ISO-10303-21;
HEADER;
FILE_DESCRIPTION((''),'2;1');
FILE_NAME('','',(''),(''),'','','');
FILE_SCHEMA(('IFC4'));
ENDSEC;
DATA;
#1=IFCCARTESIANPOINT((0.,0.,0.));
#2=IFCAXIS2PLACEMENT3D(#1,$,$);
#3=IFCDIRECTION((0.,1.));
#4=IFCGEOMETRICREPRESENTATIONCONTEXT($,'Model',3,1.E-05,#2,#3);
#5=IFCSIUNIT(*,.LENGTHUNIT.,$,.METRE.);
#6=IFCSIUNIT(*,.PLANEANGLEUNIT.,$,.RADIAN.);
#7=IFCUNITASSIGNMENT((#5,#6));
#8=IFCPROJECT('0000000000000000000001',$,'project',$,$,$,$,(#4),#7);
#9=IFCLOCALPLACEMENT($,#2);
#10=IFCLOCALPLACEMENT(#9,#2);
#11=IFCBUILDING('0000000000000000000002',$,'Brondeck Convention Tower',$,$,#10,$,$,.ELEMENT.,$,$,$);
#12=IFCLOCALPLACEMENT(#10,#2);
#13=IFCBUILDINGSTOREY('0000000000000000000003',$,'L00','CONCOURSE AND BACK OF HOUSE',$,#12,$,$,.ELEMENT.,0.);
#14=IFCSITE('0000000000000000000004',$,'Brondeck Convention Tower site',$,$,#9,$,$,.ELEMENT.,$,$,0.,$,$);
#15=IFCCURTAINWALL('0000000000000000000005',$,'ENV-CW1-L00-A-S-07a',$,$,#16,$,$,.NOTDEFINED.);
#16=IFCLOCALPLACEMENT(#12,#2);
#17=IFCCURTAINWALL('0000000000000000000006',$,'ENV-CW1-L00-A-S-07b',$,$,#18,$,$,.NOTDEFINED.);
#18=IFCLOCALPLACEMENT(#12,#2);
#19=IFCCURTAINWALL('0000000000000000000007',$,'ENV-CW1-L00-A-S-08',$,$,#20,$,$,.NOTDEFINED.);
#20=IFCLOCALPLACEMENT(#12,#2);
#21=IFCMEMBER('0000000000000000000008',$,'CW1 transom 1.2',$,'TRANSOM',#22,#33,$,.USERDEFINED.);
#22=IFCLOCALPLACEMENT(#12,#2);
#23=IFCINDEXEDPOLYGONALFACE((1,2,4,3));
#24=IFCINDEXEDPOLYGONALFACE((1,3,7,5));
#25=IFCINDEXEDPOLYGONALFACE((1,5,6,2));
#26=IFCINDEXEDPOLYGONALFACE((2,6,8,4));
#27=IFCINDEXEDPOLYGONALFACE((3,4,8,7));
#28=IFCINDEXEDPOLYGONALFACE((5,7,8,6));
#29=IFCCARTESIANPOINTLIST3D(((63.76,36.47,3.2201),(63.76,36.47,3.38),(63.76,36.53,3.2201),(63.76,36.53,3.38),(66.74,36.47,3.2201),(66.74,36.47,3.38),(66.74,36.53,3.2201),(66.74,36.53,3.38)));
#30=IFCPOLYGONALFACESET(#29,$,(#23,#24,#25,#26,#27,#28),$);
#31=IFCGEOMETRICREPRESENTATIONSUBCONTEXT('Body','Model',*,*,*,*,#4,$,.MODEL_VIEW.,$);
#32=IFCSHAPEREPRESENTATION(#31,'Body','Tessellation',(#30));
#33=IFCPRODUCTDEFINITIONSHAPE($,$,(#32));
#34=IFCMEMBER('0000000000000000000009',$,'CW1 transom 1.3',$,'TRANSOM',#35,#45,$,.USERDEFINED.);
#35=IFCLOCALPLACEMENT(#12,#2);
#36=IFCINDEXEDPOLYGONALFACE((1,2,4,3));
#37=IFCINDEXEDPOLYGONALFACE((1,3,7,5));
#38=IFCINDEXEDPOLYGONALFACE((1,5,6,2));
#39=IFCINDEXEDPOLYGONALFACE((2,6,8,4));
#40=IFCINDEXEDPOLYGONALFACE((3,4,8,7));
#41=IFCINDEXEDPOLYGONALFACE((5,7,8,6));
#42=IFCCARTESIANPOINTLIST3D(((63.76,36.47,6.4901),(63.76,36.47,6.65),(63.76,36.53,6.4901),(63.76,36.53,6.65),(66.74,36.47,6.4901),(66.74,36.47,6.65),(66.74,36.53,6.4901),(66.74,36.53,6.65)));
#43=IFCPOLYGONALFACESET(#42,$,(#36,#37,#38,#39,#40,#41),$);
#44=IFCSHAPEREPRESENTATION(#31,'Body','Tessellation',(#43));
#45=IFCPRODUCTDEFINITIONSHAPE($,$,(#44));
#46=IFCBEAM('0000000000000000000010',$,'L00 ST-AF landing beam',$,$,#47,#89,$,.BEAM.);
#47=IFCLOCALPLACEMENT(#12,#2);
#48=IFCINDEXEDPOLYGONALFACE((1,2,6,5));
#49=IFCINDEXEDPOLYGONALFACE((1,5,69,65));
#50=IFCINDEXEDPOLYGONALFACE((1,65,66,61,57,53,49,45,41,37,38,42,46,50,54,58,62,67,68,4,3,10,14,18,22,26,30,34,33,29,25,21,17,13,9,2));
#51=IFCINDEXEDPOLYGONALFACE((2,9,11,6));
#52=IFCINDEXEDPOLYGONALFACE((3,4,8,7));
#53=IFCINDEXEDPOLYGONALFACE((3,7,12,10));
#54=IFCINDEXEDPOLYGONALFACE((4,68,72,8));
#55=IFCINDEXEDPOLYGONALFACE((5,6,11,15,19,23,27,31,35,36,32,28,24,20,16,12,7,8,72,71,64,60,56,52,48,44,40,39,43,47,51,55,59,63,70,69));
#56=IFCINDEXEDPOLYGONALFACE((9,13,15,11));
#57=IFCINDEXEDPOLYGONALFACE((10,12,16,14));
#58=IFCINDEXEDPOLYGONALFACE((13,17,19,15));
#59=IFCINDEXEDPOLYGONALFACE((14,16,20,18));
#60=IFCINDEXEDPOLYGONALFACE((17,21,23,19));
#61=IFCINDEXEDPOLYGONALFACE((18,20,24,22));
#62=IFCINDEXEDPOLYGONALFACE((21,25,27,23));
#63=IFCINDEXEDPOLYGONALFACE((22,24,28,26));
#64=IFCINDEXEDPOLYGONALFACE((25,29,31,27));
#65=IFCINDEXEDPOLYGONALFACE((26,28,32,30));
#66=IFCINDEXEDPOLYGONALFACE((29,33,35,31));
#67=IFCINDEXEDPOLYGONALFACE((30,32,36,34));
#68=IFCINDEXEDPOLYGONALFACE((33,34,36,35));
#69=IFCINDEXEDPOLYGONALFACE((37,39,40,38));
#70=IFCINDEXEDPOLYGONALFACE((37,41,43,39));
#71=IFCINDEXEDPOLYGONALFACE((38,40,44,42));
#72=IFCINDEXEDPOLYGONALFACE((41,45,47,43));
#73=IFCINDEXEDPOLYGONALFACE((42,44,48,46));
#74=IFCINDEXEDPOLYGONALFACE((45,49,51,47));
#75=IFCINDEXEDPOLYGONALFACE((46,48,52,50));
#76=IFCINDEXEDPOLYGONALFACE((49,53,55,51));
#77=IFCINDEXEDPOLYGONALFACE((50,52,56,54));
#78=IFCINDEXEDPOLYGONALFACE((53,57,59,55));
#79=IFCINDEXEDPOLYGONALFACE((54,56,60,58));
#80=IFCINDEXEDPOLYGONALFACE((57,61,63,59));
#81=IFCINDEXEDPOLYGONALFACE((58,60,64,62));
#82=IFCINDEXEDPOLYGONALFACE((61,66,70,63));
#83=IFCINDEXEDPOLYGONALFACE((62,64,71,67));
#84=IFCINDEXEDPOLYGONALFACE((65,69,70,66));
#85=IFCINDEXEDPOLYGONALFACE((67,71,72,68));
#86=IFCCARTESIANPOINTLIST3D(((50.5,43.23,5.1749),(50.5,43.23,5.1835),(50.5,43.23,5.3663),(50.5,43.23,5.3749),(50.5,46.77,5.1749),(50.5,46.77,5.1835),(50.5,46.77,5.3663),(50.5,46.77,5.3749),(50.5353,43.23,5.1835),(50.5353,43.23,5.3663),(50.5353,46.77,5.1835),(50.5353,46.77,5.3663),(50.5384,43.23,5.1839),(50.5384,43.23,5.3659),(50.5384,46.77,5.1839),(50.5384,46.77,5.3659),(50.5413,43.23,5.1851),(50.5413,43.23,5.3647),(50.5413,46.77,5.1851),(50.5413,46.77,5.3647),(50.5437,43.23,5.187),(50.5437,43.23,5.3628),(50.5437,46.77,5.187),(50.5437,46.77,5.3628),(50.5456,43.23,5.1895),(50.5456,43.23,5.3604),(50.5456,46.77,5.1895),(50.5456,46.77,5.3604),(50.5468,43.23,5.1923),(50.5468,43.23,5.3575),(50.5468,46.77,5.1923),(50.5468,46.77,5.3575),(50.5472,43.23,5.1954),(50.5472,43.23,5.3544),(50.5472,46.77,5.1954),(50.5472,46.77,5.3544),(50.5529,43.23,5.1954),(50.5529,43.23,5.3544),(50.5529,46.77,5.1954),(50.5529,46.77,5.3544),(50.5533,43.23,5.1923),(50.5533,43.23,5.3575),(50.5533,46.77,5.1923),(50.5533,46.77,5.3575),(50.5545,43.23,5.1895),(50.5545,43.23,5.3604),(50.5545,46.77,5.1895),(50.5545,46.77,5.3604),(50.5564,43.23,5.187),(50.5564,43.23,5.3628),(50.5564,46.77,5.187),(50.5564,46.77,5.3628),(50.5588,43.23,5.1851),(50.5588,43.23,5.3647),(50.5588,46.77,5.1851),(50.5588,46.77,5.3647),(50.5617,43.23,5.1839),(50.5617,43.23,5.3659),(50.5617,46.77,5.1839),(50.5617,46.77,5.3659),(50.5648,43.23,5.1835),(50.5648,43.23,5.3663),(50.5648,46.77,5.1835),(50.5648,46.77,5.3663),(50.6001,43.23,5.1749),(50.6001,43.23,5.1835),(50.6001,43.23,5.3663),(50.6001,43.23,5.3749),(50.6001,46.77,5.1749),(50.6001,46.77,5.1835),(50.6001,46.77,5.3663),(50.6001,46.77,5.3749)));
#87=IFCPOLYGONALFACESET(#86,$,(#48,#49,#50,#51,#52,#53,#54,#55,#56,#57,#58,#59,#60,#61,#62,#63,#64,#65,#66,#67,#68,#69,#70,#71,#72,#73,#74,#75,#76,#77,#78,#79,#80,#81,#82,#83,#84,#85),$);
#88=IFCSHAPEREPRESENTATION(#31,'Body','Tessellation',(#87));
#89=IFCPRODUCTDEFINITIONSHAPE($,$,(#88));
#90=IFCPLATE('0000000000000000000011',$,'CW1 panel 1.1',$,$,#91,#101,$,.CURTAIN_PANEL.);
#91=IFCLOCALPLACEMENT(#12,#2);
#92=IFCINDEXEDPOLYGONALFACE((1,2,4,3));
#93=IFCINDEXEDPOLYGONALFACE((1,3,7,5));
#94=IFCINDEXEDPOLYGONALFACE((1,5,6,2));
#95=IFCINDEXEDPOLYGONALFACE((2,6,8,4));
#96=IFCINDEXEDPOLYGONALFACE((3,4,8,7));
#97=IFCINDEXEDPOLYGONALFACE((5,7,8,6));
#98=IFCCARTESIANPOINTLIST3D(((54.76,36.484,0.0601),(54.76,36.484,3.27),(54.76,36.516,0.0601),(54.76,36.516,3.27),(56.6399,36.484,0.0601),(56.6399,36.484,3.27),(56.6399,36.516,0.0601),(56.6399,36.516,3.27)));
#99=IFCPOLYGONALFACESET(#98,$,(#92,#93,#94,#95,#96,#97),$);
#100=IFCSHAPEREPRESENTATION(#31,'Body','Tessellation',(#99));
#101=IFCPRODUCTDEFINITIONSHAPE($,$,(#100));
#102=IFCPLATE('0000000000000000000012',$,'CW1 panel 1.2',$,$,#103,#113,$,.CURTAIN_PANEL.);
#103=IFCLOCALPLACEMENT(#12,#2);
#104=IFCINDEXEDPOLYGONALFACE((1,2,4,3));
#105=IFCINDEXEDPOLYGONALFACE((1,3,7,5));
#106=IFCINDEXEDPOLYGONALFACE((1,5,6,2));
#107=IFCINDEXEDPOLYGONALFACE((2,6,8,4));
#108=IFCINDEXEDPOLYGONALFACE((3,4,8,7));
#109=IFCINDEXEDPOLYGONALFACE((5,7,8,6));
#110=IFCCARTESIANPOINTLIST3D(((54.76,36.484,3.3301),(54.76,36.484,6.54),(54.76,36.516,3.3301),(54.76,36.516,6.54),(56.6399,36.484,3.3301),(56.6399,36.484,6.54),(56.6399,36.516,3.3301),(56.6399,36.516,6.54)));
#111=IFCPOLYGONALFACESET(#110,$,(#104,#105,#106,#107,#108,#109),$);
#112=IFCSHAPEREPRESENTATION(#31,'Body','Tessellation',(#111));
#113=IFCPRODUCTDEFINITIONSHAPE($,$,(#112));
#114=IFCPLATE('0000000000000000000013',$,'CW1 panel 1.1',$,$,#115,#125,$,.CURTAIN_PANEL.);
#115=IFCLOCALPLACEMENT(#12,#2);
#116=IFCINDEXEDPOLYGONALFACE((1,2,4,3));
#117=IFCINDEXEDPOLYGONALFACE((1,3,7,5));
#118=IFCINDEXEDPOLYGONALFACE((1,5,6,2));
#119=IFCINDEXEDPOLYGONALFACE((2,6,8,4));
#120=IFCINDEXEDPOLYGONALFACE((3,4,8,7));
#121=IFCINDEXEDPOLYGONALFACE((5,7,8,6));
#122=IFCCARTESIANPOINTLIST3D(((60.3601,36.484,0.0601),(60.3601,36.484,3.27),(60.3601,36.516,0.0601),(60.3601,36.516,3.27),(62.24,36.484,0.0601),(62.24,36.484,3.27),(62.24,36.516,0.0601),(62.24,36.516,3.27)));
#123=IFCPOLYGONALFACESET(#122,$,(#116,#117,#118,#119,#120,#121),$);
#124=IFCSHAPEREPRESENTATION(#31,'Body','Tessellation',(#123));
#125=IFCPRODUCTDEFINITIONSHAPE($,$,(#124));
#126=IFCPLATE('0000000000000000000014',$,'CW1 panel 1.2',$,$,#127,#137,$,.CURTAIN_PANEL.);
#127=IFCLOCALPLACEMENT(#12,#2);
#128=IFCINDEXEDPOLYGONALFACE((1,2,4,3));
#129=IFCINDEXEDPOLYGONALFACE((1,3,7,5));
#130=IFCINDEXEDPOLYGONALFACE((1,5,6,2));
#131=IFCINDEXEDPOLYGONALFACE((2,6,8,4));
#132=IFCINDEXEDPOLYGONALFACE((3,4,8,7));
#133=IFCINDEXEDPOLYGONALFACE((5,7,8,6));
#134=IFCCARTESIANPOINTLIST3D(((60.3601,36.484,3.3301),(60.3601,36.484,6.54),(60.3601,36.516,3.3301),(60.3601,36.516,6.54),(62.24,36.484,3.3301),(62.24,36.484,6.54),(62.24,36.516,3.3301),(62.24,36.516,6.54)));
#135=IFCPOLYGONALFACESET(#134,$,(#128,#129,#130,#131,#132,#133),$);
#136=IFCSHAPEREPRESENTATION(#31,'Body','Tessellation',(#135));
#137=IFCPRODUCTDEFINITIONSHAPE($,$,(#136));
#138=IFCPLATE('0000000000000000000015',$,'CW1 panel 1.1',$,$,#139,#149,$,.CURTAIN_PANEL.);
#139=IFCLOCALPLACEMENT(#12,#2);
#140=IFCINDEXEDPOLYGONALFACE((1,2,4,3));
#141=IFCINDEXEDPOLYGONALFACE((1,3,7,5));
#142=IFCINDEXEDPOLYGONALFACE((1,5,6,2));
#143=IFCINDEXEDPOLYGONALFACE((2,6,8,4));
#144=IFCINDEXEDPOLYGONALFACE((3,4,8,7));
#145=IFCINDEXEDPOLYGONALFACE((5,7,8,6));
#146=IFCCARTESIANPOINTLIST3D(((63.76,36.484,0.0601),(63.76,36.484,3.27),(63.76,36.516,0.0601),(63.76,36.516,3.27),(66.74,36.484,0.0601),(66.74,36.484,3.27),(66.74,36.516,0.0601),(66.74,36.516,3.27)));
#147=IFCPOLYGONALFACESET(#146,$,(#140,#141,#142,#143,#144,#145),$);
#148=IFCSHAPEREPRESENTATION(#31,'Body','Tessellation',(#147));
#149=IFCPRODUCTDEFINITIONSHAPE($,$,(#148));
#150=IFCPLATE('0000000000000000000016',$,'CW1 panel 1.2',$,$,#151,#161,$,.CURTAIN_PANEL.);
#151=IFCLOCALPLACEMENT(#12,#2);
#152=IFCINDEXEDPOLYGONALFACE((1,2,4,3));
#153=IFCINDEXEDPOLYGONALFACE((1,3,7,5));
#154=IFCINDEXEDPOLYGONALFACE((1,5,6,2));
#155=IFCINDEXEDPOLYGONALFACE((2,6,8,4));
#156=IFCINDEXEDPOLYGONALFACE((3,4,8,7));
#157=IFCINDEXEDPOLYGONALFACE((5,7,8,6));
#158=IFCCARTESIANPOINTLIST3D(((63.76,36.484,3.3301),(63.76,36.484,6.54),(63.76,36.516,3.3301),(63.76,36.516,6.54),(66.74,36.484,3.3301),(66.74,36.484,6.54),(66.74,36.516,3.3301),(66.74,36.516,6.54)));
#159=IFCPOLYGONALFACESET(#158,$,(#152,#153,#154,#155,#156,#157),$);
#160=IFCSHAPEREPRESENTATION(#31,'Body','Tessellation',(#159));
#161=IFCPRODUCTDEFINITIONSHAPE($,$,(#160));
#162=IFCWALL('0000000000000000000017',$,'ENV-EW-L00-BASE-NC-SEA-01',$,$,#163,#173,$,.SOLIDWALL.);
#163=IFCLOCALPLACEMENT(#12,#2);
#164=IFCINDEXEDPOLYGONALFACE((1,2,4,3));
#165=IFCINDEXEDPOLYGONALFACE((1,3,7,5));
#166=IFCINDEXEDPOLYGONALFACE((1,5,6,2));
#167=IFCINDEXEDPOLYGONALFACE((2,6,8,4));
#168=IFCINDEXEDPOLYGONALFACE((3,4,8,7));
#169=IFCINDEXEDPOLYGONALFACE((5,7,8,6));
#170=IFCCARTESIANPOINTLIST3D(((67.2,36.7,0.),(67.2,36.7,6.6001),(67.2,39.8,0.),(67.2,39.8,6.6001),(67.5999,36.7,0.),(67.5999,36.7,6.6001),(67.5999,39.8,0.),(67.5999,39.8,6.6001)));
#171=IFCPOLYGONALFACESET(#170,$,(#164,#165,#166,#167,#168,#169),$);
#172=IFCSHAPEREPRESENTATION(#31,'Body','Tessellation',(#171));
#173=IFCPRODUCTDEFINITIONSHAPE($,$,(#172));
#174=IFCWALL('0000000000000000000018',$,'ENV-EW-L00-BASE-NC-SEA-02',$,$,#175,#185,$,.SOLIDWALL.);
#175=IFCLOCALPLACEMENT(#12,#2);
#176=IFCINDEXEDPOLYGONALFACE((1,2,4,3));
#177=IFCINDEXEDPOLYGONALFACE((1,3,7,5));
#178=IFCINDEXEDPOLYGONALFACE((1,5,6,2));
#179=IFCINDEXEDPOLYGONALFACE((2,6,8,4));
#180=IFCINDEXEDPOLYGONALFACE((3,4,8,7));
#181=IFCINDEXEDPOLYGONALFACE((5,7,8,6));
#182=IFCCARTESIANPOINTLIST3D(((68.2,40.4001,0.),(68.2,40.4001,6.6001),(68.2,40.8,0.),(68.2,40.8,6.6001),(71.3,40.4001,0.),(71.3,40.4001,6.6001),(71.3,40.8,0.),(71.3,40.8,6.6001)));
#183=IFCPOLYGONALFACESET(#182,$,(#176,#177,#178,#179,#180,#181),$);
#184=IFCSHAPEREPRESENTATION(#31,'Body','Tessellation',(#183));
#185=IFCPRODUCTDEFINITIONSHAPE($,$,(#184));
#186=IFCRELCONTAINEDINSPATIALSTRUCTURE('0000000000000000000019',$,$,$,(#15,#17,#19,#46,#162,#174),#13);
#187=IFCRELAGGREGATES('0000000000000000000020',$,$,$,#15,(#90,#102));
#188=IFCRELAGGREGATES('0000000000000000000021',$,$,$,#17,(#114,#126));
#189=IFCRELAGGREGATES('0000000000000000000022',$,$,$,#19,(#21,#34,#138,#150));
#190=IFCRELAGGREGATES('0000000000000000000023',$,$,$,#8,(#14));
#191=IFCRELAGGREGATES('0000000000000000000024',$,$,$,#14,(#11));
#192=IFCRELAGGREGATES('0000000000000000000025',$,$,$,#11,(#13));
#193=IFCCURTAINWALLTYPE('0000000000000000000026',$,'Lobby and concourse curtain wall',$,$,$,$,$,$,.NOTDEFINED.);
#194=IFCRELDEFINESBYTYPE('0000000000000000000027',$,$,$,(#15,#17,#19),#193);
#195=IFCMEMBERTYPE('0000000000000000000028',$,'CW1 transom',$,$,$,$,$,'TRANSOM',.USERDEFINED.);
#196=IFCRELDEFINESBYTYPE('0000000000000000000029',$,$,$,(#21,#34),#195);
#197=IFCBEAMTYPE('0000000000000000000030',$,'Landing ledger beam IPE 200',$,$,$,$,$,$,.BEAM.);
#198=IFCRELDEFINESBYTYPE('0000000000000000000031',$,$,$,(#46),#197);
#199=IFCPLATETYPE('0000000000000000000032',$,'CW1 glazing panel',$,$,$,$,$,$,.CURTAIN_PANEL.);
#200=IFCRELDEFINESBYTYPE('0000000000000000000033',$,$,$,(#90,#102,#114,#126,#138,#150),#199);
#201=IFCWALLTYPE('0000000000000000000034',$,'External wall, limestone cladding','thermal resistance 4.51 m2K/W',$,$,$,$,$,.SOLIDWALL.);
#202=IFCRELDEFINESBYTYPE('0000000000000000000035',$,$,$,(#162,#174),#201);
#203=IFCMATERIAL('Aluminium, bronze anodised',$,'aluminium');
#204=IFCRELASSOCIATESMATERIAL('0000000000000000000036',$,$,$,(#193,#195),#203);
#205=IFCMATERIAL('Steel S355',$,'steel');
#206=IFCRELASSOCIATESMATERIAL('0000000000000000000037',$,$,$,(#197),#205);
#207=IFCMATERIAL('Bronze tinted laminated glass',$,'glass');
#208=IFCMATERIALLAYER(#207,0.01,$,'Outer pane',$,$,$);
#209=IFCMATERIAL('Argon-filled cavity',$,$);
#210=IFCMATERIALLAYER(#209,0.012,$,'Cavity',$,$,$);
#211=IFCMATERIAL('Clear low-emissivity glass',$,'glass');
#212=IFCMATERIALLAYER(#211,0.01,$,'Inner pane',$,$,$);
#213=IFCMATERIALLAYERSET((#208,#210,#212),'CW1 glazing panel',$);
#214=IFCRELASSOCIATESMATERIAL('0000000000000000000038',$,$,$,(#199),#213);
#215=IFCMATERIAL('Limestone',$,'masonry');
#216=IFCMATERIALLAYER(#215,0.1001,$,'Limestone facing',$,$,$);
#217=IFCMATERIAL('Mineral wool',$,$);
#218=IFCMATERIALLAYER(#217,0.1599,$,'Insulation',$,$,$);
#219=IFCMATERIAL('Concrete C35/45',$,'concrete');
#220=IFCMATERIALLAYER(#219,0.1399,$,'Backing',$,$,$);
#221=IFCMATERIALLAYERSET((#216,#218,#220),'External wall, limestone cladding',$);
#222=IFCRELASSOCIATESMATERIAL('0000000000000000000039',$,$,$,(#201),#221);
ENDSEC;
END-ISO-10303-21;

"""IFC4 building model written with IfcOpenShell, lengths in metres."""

from ifc_helpers import new_model, si_unit, direction, frame, frame_2d, origin, origin_2d, place, context, subcontext, project, spatial, rectangle, i_section, extrude, material, layer, layer_set, material_profile, profile_set, type_object, element, aggregate, save


model = new_model("IFC4")

# Units and contexts
model_context = context("Model", 3, precision=1e-05, world=origin(), true_north=direction((0.0, 1.0)))
body_context = subcontext(model_context, "Body", "Model", "MODEL_VIEW")
ifc_project = project(units=[si_unit("LENGTHUNIT", "METRE"), si_unit("PLANEANGLEUNIT", "RADIAN")], contexts=[model_context])

# Site, building, storey
site_placement = place(None, origin())
site = spatial("IfcSite", under=ifc_project, at=site_placement, Name="Brondeck Convention Tower site", CompositionType="ELEMENT", RefElevation=0.0)
building_placement = place(site_placement, origin())
building = spatial("IfcBuilding", under=site, at=building_placement, Name="Brondeck Convention Tower", CompositionType="ELEMENT")
storey_placement = place(building_placement, origin())
storey = spatial("IfcBuildingStorey", under=building, at=storey_placement, Name="L00", Description="CONCOURSE AND BACK OF HOUSE", CompositionType="ELEMENT", Elevation=0.0)

# Curtain wall
ifc_material_1 = material(Name="Aluminium, bronze anodised", Category="aluminium")
curtain_wall_type = type_object("IfcCurtainWallType", Name="Lobby and concourse curtain wall", PredefinedType="NOTDEFINED", material=ifc_material_1)
curtain_wall_1_placement = place(storey_placement, origin())
curtain_wall_1 = element("IfcCurtainWall", 1, at=curtain_wall_1_placement, inside=storey, type_object=curtain_wall_type, Name="ENV-CW1-L00-A-S-07a", PredefinedType="NOTDEFINED")

# Curtain walls
curtain_wall_2_placement = place(storey_placement, origin())
curtain_wall_2 = element("IfcCurtainWall", 2, at=curtain_wall_2_placement, inside=storey, type_object=curtain_wall_type, Name="ENV-CW1-L00-A-S-07b", PredefinedType="NOTDEFINED")
curtain_wall_3_placement = place(storey_placement, origin())
curtain_wall_3 = element("IfcCurtainWall", 3, at=curtain_wall_3_placement, inside=storey, type_object=curtain_wall_type, Name="ENV-CW1-L00-A-S-08", PredefinedType="NOTDEFINED")

# Members
ifc_material_profile_1 = material_profile(ifc_material_1, rectangle(XDim=0.0601, YDim=0.1599, at=origin_2d()), Name="CW1 transom")
ifc_profile_set_1 = profile_set([ifc_material_profile_1], Name="Aluminium, bronze anodised")
member_type_1 = type_object("IfcMemberType", Name="CW1 transom", ElementType="TRANSOM", PredefinedType="USERDEFINED", material=ifc_profile_set_1)
member_1_placement = place(storey_placement, frame((66.74, 36.5, 3.3), z_axis=(-1.0, 0.0, 0.0), x_axis=(0.0, -1.0, 0.0)))
member_1 = element("IfcMember", 4, at=member_1_placement, type_object=member_type_1, Name="CW1 transom 1.2", ObjectType="TRANSOM", PredefinedType="USERDEFINED", context=body_context, shape_type="SweptSolid", body=[
    extrude(rectangle(XDim=0.0601, YDim=0.1599, at=origin_2d()), origin(), (0.0, 0.0, 1.0), 2.98),
])
member_2_placement = place(storey_placement, frame((66.74, 36.5, 6.5701), z_axis=(-1.0, 0.0, 0.0), x_axis=(0.0, -1.0, 0.0)))
member_2 = element("IfcMember", 5, at=member_2_placement, type_object=member_type_1, Name="CW1 transom 1.3", ObjectType="TRANSOM", PredefinedType="USERDEFINED", context=body_context, shape_type="SweptSolid", body=[
    extrude(rectangle(XDim=0.0601, YDim=0.1599, at=origin_2d()), origin(), (0.0, 0.0, 1.0), 2.98),
])

# Beam
ifc_material_2 = material(Name="Steel S355", Category="steel")
ifc_material_profile_2 = material_profile(ifc_material_2, i_section(OverallWidth=0.1001, OverallDepth=0.2, WebThickness=0.0056, FlangeThickness=0.0085, FilletRadius=0.012, at=origin_2d()), Name="IPE200")
ifc_profile_set_2 = profile_set([ifc_material_profile_2], Name="Steel S355")
beam_type = type_object("IfcBeamType", Name="Landing ledger beam IPE 200", PredefinedType="BEAM", material=ifc_profile_set_2)
beam_placement = place(storey_placement, frame((50.55, 43.23, 5.2749), z_axis=(0.0, 1.0, 0.0), x_axis=(-1.0, 0.0, 0.0)))
element("IfcBeam", 6, at=beam_placement, inside=storey, type_object=beam_type, Name="L00 ST-AF landing beam", PredefinedType="BEAM", context=body_context, shape_type="SweptSolid", body=[
    extrude(i_section(OverallWidth=0.1001, OverallDepth=0.2, WebThickness=0.0056, FlangeThickness=0.0085, FilletRadius=0.012, at=origin_2d()), origin(), (0.0, 0.0, 1.0), 3.54),
])

# Plates
ifc_material_3 = material(Name="Bronze tinted laminated glass", Category="glass")
ifc_layer_1 = layer(ifc_material_3, 0.01, Name="Outer pane")
ifc_material_4 = material(Name="Argon-filled cavity")
ifc_layer_2 = layer(ifc_material_4, 0.012, Name="Cavity")
ifc_material_5 = material(Name="Clear low-emissivity glass", Category="glass")
ifc_layer_3 = layer(ifc_material_5, 0.01, Name="Inner pane")
ifc_layer_set_1 = layer_set([ifc_layer_1, ifc_layer_2, ifc_layer_3], Name="CW1 glazing panel")
plate_type = type_object("IfcPlateType", Name="CW1 glazing panel", PredefinedType="CURTAIN_PANEL", material=ifc_layer_set_1)
plate_1_placement = place(storey_placement, frame((55.7, 36.5, 0.0601), z_axis=(0.0, 0.0, 1.0), x_axis=(-1.0, 0.0, 0.0)))
plate_1 = element("IfcPlate", 7, at=plate_1_placement, type_object=plate_type, Name="CW1 panel 1.1", PredefinedType="CURTAIN_PANEL", context=body_context, shape_type="SweptSolid", body=[
    extrude(rectangle(XDim=1.8799, YDim=0.032, at=origin_2d()), origin(), (0.0, 0.0, 1.0), 3.21),
])
plate_2_placement = place(storey_placement, frame((55.7, 36.5, 3.3301), z_axis=(0.0, 0.0, 1.0), x_axis=(-1.0, 0.0, 0.0)))
plate_2 = element("IfcPlate", 8, at=plate_2_placement, type_object=plate_type, Name="CW1 panel 1.2", PredefinedType="CURTAIN_PANEL", context=body_context, shape_type="SweptSolid", body=[
    extrude(rectangle(XDim=1.8799, YDim=0.032, at=origin_2d()), origin(), (0.0, 0.0, 1.0), 3.21),
])
aggregate(curtain_wall_1, [plate_1, plate_2])
plate_3_placement = place(storey_placement, frame((61.3, 36.5, 0.0601), z_axis=(0.0, 0.0, 1.0), x_axis=(-1.0, 0.0, 0.0)))
plate_3 = element("IfcPlate", 9, at=plate_3_placement, type_object=plate_type, Name="CW1 panel 1.1", PredefinedType="CURTAIN_PANEL", context=body_context, shape_type="SweptSolid", body=[
    extrude(rectangle(XDim=1.8799, YDim=0.032, at=origin_2d()), origin(), (0.0, 0.0, 1.0), 3.21),
])
plate_4_placement = place(storey_placement, frame((61.3, 36.5, 3.3301), z_axis=(0.0, 0.0, 1.0), x_axis=(-1.0, 0.0, 0.0)))
plate_4 = element("IfcPlate", 10, at=plate_4_placement, type_object=plate_type, Name="CW1 panel 1.2", PredefinedType="CURTAIN_PANEL", context=body_context, shape_type="SweptSolid", body=[
    extrude(rectangle(XDim=1.8799, YDim=0.032, at=origin_2d()), origin(), (0.0, 0.0, 1.0), 3.21),
])
aggregate(curtain_wall_2, [plate_3, plate_4])
plate_5_placement = place(storey_placement, frame((65.25, 36.5, 0.0601), z_axis=(0.0, 0.0, 1.0), x_axis=(-1.0, 0.0, 0.0)))
plate_5 = element("IfcPlate", 11, at=plate_5_placement, type_object=plate_type, Name="CW1 panel 1.1", PredefinedType="CURTAIN_PANEL", context=body_context, shape_type="SweptSolid", body=[
    extrude(rectangle(XDim=2.98, YDim=0.032, at=origin_2d()), origin(), (0.0, 0.0, 1.0), 3.21),
])
plate_6_placement = place(storey_placement, frame((65.25, 36.5, 3.3301), z_axis=(0.0, 0.0, 1.0), x_axis=(-1.0, 0.0, 0.0)))
plate_6 = element("IfcPlate", 12, at=plate_6_placement, type_object=plate_type, Name="CW1 panel 1.2", PredefinedType="CURTAIN_PANEL", context=body_context, shape_type="SweptSolid", body=[
    extrude(rectangle(XDim=2.98, YDim=0.032, at=origin_2d()), origin(), (0.0, 0.0, 1.0), 3.21),
])
aggregate(curtain_wall_3, [member_1, member_2, plate_5, plate_6])

# Walls
ifc_material_6 = material(Name="Limestone", Category="masonry")
ifc_layer_4 = layer(ifc_material_6, 0.1001, Name="Limestone facing")
ifc_material_7 = material(Name="Mineral wool")
ifc_layer_5 = layer(ifc_material_7, 0.1599, Name="Insulation")
ifc_material_8 = material(Name="Concrete C35/45", Category="concrete")
ifc_layer_6 = layer(ifc_material_8, 0.1399, Name="Backing")
ifc_layer_set_2 = layer_set([ifc_layer_4, ifc_layer_5, ifc_layer_6], Name="External wall, limestone cladding")
wall_type_1 = type_object("IfcWallType", Name="External wall, limestone cladding", Description="thermal resistance 4.51 m2K/W", PredefinedType="SOLIDWALL", material=ifc_layer_set_2)
for number, where, z_axis, x_axis, name in (
    (13, (67.3999, 39.8, 0.0), (0.0, 0.0, 1.0), (0.0, -1.0, 0.0), "ENV-EW-L00-BASE-NC-SEA-01"),
    (14, (71.3, 40.6001, 0.0), (0.0, 0.0, 1.0), (-1.0, 0.0, 0.0), "ENV-EW-L00-BASE-NC-SEA-02"),
):
    element("IfcWall", number, at=place(storey_placement, frame(where, z_axis=z_axis, x_axis=x_axis)), inside=storey, type_object=wall_type_1, Name=name, PredefinedType="SOLIDWALL", context=body_context, shape_type="SweptSolid", body=[
        extrude(rectangle(XDim=3.1001, YDim=0.3999, at=frame_2d((1.55, 0.0))), origin(), (0.0, 0.0, 1.0), 6.6001),
    ])

save(model, "model.ifc")
